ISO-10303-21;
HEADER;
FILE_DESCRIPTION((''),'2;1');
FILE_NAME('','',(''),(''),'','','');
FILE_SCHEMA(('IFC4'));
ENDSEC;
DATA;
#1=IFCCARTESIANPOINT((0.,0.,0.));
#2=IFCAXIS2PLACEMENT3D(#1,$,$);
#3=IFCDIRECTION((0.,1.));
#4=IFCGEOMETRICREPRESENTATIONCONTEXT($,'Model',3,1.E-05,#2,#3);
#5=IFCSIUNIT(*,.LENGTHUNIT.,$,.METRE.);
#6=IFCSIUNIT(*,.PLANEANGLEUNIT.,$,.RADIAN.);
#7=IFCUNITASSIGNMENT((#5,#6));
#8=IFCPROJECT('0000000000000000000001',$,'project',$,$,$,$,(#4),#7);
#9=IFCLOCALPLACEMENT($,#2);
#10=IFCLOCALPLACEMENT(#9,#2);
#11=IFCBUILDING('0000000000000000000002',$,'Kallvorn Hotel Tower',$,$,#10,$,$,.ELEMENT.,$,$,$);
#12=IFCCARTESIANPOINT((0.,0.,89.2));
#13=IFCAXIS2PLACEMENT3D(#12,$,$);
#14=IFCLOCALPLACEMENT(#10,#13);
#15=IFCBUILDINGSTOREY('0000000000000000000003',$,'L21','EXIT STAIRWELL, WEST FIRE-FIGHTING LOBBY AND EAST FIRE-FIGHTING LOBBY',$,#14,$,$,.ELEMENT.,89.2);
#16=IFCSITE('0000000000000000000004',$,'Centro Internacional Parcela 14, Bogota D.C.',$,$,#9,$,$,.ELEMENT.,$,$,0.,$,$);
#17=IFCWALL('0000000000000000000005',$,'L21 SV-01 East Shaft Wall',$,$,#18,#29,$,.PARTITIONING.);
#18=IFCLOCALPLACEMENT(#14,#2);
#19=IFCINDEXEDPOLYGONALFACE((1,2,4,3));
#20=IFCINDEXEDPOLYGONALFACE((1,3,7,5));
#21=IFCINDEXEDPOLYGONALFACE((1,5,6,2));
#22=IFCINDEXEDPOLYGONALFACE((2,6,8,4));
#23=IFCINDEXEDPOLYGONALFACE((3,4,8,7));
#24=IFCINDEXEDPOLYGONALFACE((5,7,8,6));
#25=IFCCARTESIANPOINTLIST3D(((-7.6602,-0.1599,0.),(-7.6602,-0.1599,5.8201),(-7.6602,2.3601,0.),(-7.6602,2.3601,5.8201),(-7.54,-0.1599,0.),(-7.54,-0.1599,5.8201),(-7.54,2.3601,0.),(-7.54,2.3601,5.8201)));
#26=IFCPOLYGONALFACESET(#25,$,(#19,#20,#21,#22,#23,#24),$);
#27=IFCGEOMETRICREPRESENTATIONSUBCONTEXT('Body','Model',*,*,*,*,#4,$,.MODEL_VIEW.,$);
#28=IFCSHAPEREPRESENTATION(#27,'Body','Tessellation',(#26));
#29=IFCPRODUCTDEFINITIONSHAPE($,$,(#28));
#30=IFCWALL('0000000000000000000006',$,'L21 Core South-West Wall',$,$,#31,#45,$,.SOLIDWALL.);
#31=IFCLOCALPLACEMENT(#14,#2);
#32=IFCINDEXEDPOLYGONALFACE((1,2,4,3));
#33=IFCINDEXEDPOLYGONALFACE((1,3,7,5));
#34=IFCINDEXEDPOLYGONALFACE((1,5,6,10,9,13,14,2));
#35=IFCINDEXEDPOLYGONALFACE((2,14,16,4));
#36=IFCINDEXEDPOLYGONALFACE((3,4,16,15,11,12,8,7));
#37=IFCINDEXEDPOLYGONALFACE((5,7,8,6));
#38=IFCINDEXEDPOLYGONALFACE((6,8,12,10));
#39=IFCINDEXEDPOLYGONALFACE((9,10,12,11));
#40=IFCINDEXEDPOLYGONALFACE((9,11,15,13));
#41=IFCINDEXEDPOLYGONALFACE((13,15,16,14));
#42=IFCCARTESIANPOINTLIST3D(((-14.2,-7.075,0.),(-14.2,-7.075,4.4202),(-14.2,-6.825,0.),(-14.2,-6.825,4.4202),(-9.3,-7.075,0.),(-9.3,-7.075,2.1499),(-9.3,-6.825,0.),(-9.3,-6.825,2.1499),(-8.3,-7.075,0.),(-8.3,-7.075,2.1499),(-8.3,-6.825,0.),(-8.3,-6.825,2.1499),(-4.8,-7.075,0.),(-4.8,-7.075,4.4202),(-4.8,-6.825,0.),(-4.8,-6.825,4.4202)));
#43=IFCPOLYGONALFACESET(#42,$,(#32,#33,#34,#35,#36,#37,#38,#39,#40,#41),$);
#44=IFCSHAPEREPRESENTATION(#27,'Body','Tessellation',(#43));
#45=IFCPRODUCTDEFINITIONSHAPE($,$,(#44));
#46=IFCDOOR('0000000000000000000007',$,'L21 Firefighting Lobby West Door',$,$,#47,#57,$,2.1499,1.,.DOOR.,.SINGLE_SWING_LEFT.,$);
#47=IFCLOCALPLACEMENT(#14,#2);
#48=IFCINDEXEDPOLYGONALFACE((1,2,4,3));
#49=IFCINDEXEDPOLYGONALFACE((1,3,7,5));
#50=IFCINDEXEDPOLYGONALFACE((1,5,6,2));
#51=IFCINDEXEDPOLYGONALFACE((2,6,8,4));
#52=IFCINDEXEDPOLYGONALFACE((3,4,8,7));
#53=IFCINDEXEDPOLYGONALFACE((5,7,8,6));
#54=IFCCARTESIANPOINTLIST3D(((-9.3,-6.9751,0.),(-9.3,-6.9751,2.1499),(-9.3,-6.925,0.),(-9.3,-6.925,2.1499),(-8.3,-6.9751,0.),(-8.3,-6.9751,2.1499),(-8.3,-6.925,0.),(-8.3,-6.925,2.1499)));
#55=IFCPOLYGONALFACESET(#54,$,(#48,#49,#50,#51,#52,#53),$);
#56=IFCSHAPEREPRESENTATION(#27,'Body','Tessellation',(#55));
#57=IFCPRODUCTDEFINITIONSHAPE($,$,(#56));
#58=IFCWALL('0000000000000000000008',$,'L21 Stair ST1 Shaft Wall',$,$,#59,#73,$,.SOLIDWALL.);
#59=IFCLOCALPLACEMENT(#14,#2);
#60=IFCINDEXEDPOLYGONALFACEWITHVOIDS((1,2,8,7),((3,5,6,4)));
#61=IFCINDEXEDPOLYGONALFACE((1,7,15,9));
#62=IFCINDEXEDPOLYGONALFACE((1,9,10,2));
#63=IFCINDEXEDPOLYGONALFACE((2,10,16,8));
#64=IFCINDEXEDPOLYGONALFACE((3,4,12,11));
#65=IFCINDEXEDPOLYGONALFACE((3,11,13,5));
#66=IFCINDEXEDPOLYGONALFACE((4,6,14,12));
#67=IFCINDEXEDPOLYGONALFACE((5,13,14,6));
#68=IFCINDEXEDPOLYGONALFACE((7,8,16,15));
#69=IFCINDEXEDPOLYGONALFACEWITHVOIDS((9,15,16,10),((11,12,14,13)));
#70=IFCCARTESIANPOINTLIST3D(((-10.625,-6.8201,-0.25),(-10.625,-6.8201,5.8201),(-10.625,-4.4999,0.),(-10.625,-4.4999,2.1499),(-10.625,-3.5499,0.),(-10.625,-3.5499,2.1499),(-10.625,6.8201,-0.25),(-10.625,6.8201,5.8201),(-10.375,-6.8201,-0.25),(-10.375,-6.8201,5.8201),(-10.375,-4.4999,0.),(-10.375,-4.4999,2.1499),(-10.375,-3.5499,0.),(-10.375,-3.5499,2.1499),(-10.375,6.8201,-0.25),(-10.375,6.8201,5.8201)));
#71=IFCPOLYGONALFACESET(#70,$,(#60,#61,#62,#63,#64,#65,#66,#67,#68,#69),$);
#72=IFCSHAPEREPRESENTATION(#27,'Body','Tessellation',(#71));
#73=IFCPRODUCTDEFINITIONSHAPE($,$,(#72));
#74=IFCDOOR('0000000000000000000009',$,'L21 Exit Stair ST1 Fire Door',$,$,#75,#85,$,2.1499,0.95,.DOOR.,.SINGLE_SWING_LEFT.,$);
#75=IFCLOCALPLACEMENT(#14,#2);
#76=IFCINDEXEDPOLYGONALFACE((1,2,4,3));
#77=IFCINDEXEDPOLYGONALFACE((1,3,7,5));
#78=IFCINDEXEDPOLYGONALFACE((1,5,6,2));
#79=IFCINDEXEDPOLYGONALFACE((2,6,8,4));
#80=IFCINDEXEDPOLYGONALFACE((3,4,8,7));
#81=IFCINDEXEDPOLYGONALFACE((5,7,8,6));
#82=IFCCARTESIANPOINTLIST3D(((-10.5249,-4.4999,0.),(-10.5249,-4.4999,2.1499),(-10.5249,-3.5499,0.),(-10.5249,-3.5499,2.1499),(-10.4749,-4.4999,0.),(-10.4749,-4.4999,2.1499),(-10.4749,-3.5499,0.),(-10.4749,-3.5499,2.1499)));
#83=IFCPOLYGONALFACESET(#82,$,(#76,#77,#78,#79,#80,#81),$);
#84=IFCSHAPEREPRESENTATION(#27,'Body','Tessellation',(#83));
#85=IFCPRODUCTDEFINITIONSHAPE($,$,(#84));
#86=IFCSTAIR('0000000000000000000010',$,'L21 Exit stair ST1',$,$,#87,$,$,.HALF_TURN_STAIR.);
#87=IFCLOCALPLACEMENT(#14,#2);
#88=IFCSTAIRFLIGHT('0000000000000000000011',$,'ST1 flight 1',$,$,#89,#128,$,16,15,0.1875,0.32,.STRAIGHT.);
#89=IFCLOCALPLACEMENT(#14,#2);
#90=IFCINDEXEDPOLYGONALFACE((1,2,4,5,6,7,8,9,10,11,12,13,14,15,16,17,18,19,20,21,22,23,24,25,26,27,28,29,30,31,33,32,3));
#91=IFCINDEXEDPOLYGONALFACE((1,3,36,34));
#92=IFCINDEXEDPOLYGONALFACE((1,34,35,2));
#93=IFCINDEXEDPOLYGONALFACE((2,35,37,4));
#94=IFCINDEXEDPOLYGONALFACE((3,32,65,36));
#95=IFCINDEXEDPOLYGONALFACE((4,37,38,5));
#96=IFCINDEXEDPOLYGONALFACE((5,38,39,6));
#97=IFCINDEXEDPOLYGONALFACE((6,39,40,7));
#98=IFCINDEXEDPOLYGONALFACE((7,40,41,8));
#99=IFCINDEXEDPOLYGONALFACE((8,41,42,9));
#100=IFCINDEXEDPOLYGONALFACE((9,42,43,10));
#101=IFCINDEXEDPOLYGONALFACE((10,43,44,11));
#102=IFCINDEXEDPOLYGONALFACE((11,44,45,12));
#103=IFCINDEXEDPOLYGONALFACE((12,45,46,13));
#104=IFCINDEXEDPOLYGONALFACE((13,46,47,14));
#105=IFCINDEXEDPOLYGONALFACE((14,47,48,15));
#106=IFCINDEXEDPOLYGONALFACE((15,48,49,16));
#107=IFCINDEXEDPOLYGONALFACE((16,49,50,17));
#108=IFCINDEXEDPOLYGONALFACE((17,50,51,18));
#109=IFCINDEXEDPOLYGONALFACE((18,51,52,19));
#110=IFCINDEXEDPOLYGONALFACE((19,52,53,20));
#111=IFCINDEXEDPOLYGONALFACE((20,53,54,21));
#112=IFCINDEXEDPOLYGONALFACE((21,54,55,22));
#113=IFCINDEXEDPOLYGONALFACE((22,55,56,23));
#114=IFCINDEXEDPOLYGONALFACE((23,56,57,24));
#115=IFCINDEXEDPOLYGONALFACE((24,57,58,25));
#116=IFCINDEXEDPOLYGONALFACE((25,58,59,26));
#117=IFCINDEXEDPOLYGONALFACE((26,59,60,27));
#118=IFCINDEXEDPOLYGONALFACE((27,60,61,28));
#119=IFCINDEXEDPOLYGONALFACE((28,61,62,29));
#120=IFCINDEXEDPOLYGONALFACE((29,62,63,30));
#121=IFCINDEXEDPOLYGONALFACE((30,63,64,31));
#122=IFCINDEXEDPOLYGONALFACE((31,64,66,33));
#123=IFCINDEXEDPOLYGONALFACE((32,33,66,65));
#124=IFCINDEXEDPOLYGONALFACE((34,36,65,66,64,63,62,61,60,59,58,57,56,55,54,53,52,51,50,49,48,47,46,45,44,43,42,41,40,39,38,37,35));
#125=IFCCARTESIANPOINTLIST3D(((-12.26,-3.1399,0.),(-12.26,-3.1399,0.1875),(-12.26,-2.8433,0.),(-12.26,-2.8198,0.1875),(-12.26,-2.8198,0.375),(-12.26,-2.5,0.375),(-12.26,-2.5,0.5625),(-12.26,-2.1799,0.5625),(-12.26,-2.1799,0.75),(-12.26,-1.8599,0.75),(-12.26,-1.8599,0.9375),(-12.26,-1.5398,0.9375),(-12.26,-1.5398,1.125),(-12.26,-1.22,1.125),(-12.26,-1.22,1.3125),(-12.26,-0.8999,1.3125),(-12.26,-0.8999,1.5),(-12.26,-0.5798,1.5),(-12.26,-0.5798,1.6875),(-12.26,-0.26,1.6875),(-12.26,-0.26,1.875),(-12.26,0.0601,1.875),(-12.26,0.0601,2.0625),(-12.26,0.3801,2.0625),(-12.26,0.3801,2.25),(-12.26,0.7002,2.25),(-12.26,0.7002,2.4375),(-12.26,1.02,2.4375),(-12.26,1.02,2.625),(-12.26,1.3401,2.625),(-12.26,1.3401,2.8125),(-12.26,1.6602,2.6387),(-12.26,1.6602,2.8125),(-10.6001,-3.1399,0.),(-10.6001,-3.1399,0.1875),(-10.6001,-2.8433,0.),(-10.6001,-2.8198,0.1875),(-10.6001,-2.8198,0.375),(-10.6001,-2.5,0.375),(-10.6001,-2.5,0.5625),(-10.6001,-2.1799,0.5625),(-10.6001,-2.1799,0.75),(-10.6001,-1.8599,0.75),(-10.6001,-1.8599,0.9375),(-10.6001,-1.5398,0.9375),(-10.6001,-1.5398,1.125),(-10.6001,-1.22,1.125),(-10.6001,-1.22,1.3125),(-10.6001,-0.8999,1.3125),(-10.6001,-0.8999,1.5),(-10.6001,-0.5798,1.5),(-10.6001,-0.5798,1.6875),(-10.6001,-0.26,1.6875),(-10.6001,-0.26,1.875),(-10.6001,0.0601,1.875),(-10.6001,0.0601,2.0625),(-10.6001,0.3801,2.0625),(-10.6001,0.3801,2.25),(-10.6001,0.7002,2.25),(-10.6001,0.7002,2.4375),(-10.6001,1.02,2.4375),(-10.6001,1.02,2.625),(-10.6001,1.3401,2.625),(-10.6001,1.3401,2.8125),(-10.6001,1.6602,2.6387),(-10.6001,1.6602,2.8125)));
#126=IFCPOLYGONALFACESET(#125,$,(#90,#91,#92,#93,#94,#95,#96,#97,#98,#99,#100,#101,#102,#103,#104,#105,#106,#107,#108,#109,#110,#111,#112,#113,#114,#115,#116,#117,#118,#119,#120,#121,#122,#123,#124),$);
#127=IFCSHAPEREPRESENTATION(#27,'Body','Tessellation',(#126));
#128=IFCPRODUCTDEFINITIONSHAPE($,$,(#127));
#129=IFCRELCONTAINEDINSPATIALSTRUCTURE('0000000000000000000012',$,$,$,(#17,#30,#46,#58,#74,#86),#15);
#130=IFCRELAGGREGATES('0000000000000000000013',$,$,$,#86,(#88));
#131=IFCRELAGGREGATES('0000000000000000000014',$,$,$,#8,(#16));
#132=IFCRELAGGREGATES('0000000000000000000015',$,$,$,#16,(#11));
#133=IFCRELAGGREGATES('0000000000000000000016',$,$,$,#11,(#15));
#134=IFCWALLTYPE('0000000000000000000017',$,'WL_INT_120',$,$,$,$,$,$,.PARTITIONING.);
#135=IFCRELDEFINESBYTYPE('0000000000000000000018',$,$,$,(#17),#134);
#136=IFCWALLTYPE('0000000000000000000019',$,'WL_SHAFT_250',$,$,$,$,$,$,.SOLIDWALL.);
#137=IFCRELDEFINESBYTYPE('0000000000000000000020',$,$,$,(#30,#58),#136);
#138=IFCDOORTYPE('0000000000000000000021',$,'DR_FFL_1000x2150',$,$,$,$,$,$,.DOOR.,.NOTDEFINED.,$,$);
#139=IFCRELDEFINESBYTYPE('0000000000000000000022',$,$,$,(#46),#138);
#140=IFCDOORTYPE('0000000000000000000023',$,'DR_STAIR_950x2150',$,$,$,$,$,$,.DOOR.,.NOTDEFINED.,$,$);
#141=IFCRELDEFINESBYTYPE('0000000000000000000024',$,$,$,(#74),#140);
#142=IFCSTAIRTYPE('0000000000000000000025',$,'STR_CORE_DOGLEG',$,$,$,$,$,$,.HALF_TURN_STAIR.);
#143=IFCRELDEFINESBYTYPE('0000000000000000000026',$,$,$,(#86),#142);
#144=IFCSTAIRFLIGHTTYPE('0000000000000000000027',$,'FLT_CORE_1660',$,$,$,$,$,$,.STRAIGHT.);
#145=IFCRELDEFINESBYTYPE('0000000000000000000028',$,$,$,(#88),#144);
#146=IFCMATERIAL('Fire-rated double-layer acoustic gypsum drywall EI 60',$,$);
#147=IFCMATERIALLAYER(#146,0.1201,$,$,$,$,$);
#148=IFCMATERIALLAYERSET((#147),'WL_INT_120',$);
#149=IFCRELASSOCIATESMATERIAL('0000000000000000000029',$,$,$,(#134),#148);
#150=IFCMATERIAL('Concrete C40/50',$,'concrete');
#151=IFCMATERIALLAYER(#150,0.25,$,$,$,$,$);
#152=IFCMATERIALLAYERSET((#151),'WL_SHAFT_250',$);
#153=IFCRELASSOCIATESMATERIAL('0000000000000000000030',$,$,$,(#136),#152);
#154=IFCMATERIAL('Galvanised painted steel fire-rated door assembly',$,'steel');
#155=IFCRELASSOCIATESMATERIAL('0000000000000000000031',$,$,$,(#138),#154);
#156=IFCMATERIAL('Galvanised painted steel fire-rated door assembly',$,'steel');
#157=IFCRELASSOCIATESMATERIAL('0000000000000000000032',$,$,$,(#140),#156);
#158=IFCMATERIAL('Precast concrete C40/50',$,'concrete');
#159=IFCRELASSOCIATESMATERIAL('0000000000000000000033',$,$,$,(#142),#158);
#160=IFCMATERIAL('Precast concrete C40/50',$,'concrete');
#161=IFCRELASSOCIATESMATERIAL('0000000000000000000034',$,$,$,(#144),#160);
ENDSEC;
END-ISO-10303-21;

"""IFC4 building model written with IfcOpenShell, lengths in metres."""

from ifc_helpers import new_model, si_unit, direction, frame, frame_2d, origin, place, context, subcontext, project, spatial, polyline, rectangle, outline, extrude, material, layer, layer_set, type_object, element, fill, aggregate, save


model = new_model("IFC4")

# Units and contexts
model_context = context("Model", 3, precision=1e-05, world=origin(), true_north=direction((0.0, 1.0)))
body_context = subcontext(model_context, "Body", "Model", "MODEL_VIEW")
ifc_project = project(units=[si_unit("LENGTHUNIT", "METRE"), si_unit("PLANEANGLEUNIT", "RADIAN")], contexts=[model_context])

# Site, building, storey
site_placement = place(None, origin())
site = spatial("IfcSite", under=ifc_project, at=site_placement, Name="Centro Internacional Parcela 14, Bogota D.C.", CompositionType="ELEMENT", RefElevation=0.0)
building_placement = place(site_placement, origin())
building = spatial("IfcBuilding", under=site, at=building_placement, Name="Kallvorn Hotel Tower", CompositionType="ELEMENT")
storey_placement = place(building_placement, frame((0.0, 0.0, 89.2)))
storey = spatial("IfcBuildingStorey", under=building, at=storey_placement, Name="L21", Description="EXIT STAIRWELL, WEST FIRE-FIGHTING LOBBY AND EAST FIRE-FIGHTING LOBBY", CompositionType="ELEMENT", Elevation=89.2)

# Wall
ifc_material_1 = material(Name="Fire-rated double-layer acoustic gypsum drywall EI 60")
ifc_layer_1 = layer(ifc_material_1, 0.1201)
ifc_layer_set_1 = layer_set([ifc_layer_1], Name="WL_INT_120")
wall_type_1 = type_object("IfcWallType", Name="WL_INT_120", PredefinedType="PARTITIONING", material=ifc_layer_set_1)
for number, where, z_axis, x_axis, name in (
    (1, (-7.6001, -0.1599, 0.0), (0.0, 0.0, 1.0), (0.0, 1.0, 0.0), "L21 SV-01 East Shaft Wall"),
):
    element("IfcWall", number, at=place(storey_placement, frame(where, z_axis=z_axis, x_axis=x_axis)), inside=storey, type_object=wall_type_1, Name=name, PredefinedType="PARTITIONING", context=body_context, shape_type="SweptSolid", body=[
        extrude(rectangle(XDim=2.52, YDim=0.1201, at=frame_2d((1.26, 0.0))), origin(), (0.0, 0.0, 1.0), 5.8201),
    ])

# Walls, openings, doors
ifc_material_2 = material(Name="Concrete C40/50", Category="concrete")
ifc_layer_2 = layer(ifc_material_2, 0.25)
ifc_layer_set_2 = layer_set([ifc_layer_2], Name="WL_SHAFT_250")
wall_type_2 = type_object("IfcWallType", Name="WL_SHAFT_250", PredefinedType="SOLIDWALL", material=ifc_layer_set_2)
wall_1_placement = place(storey_placement, frame((-14.2, -6.95, 0.0), z_axis=(0.0, 0.0, 1.0), x_axis=(1.0, 0.0, 0.0)))
wall_1 = element("IfcWall", 2, at=wall_1_placement, inside=storey, type_object=wall_type_2, Name="L21 Core South-West Wall", PredefinedType="SOLIDWALL", context=body_context, shape_type="SweptSolid", body=[
    extrude(rectangle(XDim=9.3999, YDim=0.25, at=frame_2d((4.7, 0.0))), origin(), (0.0, 0.0, 1.0), 4.4202),
])
opening_1_placement = place(wall_1_placement, frame((4.8999, 0.0, 0.0)))
opening_1 = element("IfcOpeningElement", 3, at=opening_1_placement, cuts=wall_1, PredefinedType="OPENING", context=body_context, shape_type="SweptSolid", body=[
    extrude(rectangle(XDim=1.0, YDim=2.1499, at=frame_2d((0.5, 1.075))), frame((0.0, 0.1399, 0.0), z_axis=(0.0, -1.0, 0.0), x_axis=(1.0, 0.0, 0.0)), (0.0, 0.0, 1.0), 0.28),
])
ifc_material_3 = material(Name="Galvanised painted steel fire-rated door assembly", Category="steel")
door_type_1 = type_object("IfcDoorType", Name="DR_FFL_1000x2150", OperationType="NOTDEFINED", PredefinedType="DOOR", material=ifc_material_3)
door_1_placement = place(opening_1_placement, origin())
door_1 = element("IfcDoor", 4, at=door_1_placement, inside=storey, type_object=door_type_1, Name="L21 Firefighting Lobby West Door", OperationType="SINGLE_SWING_LEFT", OverallHeight=2.1499, OverallWidth=1.0, PredefinedType="DOOR", context=body_context, shape_type="SweptSolid", body=[
    extrude(rectangle(XDim=1.0, YDim=2.1499, at=frame_2d((0.5, 1.075))), frame((0.0, 0.0249, 0.0), z_axis=(0.0, -1.0, 0.0), x_axis=(1.0, 0.0, 0.0)), (0.0, 0.0, 1.0), 0.05),
])
fill(opening_1, door_1)
wall_2_placement = place(storey_placement, frame((-10.5, -6.8201, -0.25), z_axis=(0.0, 0.0, 1.0), x_axis=(0.0, 1.0, 0.0)))
wall_2 = element("IfcWall", 5, at=wall_2_placement, inside=storey, type_object=wall_type_2, Name="L21 Stair ST1 Shaft Wall", PredefinedType="SOLIDWALL", context=body_context, shape_type="SweptSolid", body=[
    extrude(rectangle(XDim=13.6401, YDim=0.25, at=frame_2d((6.8201, 0.0))), origin(), (0.0, 0.0, 1.0), 6.0701),
])
opening_2_placement = place(wall_2_placement, frame((2.3201, 0.0, 0.25)))
opening_2 = element("IfcOpeningElement", 6, at=opening_2_placement, cuts=wall_2, PredefinedType="OPENING", context=body_context, shape_type="SweptSolid", body=[
    extrude(rectangle(XDim=0.95, YDim=2.1499, at=frame_2d((0.4751, 1.075))), frame((0.0, 0.1399, 0.0), z_axis=(0.0, -1.0, 0.0), x_axis=(1.0, 0.0, 0.0)), (0.0, 0.0, 1.0), 0.28),
])
ifc_material_4 = material(Name="Galvanised painted steel fire-rated door assembly", Category="steel")
door_type_2 = type_object("IfcDoorType", Name="DR_STAIR_950x2150", OperationType="NOTDEFINED", PredefinedType="DOOR", material=ifc_material_4)
door_2_placement = place(opening_2_placement, origin())
door_2 = element("IfcDoor", 7, at=door_2_placement, inside=storey, type_object=door_type_2, Name="L21 Exit Stair ST1 Fire Door", OperationType="SINGLE_SWING_LEFT", OverallHeight=2.1499, OverallWidth=0.95, PredefinedType="DOOR", context=body_context, shape_type="SweptSolid", body=[
    extrude(rectangle(XDim=0.95, YDim=2.1499, at=frame_2d((0.4751, 1.075))), frame((0.0, 0.0249, 0.0), z_axis=(0.0, -1.0, 0.0), x_axis=(1.0, 0.0, 0.0)), (0.0, 0.0, 1.0), 0.05),
])
fill(opening_2, door_2)

# Stair, stair flight
ifc_material_5 = material(Name="Precast concrete C40/50", Category="concrete")
stair_type = type_object("IfcStairType", Name="STR_CORE_DOGLEG", PredefinedType="HALF_TURN_STAIR", material=ifc_material_5)
stair_placement = place(storey_placement, origin())
stair = element("IfcStair", 8, at=stair_placement, inside=storey, type_object=stair_type, Name="L21 Exit stair ST1", PredefinedType="HALF_TURN_STAIR")
ifc_material_6 = material(Name="Precast concrete C40/50", Category="concrete")
stair_flight_type = type_object("IfcStairFlightType", Name="FLT_CORE_1660", PredefinedType="STRAIGHT", material=ifc_material_6)
stair_flight_placement = place(storey_placement, frame((-11.4299, -3.1399, 0.0), z_axis=(0.0, 0.0, 1.0), x_axis=(0.0, 1.0, 0.0)))
stair_flight = element("IfcStairFlight", 9, at=stair_flight_placement, type_object=stair_flight_type, Name="ST1 flight 1", NumberOfRisers=16, NumberOfTreads=15, PredefinedType="STRAIGHT", RiserHeight=0.1875, TreadLength=0.32, context=body_context, shape_type="SweptSolid", body=[
    extrude(outline(polyline([(0.0, 0.0), (0.0, 0.1875), (0.3201, 0.1875), (0.3201, 0.375), (0.6399, 0.375), (0.6399, 0.5625), (0.96, 0.5625), (0.96, 0.75), (1.28, 0.75), (1.28, 0.9375), (1.6001, 0.9375), (1.6001, 1.125), (1.9199, 1.125), (1.9199, 1.3125), (2.24, 1.3125), (2.24, 1.5), (2.5601, 1.5), (2.5601, 1.6875), (2.8799, 1.6875), (2.8799, 1.875), (3.2, 1.875), (3.2, 2.0625), (3.52, 2.0625), (3.52, 2.25), (3.8401, 2.25), (3.8401, 2.4375), (4.1599, 2.4375), (4.1599, 2.625), (4.48, 2.625), (4.48, 2.8125), (4.8, 2.8125), (4.8, 3.0), (4.8, 2.6387), (0.2966, 0.0), (0.0, 0.0)])), frame((0.0, 0.8301, 0.0), z_axis=(0.0, -1.0, 0.0), x_axis=(1.0, 0.0, 0.0)), (0.0, 0.0, 1.0), 1.6599),
])
aggregate(stair, [stair_flight])

save(model, "model.ifc")
